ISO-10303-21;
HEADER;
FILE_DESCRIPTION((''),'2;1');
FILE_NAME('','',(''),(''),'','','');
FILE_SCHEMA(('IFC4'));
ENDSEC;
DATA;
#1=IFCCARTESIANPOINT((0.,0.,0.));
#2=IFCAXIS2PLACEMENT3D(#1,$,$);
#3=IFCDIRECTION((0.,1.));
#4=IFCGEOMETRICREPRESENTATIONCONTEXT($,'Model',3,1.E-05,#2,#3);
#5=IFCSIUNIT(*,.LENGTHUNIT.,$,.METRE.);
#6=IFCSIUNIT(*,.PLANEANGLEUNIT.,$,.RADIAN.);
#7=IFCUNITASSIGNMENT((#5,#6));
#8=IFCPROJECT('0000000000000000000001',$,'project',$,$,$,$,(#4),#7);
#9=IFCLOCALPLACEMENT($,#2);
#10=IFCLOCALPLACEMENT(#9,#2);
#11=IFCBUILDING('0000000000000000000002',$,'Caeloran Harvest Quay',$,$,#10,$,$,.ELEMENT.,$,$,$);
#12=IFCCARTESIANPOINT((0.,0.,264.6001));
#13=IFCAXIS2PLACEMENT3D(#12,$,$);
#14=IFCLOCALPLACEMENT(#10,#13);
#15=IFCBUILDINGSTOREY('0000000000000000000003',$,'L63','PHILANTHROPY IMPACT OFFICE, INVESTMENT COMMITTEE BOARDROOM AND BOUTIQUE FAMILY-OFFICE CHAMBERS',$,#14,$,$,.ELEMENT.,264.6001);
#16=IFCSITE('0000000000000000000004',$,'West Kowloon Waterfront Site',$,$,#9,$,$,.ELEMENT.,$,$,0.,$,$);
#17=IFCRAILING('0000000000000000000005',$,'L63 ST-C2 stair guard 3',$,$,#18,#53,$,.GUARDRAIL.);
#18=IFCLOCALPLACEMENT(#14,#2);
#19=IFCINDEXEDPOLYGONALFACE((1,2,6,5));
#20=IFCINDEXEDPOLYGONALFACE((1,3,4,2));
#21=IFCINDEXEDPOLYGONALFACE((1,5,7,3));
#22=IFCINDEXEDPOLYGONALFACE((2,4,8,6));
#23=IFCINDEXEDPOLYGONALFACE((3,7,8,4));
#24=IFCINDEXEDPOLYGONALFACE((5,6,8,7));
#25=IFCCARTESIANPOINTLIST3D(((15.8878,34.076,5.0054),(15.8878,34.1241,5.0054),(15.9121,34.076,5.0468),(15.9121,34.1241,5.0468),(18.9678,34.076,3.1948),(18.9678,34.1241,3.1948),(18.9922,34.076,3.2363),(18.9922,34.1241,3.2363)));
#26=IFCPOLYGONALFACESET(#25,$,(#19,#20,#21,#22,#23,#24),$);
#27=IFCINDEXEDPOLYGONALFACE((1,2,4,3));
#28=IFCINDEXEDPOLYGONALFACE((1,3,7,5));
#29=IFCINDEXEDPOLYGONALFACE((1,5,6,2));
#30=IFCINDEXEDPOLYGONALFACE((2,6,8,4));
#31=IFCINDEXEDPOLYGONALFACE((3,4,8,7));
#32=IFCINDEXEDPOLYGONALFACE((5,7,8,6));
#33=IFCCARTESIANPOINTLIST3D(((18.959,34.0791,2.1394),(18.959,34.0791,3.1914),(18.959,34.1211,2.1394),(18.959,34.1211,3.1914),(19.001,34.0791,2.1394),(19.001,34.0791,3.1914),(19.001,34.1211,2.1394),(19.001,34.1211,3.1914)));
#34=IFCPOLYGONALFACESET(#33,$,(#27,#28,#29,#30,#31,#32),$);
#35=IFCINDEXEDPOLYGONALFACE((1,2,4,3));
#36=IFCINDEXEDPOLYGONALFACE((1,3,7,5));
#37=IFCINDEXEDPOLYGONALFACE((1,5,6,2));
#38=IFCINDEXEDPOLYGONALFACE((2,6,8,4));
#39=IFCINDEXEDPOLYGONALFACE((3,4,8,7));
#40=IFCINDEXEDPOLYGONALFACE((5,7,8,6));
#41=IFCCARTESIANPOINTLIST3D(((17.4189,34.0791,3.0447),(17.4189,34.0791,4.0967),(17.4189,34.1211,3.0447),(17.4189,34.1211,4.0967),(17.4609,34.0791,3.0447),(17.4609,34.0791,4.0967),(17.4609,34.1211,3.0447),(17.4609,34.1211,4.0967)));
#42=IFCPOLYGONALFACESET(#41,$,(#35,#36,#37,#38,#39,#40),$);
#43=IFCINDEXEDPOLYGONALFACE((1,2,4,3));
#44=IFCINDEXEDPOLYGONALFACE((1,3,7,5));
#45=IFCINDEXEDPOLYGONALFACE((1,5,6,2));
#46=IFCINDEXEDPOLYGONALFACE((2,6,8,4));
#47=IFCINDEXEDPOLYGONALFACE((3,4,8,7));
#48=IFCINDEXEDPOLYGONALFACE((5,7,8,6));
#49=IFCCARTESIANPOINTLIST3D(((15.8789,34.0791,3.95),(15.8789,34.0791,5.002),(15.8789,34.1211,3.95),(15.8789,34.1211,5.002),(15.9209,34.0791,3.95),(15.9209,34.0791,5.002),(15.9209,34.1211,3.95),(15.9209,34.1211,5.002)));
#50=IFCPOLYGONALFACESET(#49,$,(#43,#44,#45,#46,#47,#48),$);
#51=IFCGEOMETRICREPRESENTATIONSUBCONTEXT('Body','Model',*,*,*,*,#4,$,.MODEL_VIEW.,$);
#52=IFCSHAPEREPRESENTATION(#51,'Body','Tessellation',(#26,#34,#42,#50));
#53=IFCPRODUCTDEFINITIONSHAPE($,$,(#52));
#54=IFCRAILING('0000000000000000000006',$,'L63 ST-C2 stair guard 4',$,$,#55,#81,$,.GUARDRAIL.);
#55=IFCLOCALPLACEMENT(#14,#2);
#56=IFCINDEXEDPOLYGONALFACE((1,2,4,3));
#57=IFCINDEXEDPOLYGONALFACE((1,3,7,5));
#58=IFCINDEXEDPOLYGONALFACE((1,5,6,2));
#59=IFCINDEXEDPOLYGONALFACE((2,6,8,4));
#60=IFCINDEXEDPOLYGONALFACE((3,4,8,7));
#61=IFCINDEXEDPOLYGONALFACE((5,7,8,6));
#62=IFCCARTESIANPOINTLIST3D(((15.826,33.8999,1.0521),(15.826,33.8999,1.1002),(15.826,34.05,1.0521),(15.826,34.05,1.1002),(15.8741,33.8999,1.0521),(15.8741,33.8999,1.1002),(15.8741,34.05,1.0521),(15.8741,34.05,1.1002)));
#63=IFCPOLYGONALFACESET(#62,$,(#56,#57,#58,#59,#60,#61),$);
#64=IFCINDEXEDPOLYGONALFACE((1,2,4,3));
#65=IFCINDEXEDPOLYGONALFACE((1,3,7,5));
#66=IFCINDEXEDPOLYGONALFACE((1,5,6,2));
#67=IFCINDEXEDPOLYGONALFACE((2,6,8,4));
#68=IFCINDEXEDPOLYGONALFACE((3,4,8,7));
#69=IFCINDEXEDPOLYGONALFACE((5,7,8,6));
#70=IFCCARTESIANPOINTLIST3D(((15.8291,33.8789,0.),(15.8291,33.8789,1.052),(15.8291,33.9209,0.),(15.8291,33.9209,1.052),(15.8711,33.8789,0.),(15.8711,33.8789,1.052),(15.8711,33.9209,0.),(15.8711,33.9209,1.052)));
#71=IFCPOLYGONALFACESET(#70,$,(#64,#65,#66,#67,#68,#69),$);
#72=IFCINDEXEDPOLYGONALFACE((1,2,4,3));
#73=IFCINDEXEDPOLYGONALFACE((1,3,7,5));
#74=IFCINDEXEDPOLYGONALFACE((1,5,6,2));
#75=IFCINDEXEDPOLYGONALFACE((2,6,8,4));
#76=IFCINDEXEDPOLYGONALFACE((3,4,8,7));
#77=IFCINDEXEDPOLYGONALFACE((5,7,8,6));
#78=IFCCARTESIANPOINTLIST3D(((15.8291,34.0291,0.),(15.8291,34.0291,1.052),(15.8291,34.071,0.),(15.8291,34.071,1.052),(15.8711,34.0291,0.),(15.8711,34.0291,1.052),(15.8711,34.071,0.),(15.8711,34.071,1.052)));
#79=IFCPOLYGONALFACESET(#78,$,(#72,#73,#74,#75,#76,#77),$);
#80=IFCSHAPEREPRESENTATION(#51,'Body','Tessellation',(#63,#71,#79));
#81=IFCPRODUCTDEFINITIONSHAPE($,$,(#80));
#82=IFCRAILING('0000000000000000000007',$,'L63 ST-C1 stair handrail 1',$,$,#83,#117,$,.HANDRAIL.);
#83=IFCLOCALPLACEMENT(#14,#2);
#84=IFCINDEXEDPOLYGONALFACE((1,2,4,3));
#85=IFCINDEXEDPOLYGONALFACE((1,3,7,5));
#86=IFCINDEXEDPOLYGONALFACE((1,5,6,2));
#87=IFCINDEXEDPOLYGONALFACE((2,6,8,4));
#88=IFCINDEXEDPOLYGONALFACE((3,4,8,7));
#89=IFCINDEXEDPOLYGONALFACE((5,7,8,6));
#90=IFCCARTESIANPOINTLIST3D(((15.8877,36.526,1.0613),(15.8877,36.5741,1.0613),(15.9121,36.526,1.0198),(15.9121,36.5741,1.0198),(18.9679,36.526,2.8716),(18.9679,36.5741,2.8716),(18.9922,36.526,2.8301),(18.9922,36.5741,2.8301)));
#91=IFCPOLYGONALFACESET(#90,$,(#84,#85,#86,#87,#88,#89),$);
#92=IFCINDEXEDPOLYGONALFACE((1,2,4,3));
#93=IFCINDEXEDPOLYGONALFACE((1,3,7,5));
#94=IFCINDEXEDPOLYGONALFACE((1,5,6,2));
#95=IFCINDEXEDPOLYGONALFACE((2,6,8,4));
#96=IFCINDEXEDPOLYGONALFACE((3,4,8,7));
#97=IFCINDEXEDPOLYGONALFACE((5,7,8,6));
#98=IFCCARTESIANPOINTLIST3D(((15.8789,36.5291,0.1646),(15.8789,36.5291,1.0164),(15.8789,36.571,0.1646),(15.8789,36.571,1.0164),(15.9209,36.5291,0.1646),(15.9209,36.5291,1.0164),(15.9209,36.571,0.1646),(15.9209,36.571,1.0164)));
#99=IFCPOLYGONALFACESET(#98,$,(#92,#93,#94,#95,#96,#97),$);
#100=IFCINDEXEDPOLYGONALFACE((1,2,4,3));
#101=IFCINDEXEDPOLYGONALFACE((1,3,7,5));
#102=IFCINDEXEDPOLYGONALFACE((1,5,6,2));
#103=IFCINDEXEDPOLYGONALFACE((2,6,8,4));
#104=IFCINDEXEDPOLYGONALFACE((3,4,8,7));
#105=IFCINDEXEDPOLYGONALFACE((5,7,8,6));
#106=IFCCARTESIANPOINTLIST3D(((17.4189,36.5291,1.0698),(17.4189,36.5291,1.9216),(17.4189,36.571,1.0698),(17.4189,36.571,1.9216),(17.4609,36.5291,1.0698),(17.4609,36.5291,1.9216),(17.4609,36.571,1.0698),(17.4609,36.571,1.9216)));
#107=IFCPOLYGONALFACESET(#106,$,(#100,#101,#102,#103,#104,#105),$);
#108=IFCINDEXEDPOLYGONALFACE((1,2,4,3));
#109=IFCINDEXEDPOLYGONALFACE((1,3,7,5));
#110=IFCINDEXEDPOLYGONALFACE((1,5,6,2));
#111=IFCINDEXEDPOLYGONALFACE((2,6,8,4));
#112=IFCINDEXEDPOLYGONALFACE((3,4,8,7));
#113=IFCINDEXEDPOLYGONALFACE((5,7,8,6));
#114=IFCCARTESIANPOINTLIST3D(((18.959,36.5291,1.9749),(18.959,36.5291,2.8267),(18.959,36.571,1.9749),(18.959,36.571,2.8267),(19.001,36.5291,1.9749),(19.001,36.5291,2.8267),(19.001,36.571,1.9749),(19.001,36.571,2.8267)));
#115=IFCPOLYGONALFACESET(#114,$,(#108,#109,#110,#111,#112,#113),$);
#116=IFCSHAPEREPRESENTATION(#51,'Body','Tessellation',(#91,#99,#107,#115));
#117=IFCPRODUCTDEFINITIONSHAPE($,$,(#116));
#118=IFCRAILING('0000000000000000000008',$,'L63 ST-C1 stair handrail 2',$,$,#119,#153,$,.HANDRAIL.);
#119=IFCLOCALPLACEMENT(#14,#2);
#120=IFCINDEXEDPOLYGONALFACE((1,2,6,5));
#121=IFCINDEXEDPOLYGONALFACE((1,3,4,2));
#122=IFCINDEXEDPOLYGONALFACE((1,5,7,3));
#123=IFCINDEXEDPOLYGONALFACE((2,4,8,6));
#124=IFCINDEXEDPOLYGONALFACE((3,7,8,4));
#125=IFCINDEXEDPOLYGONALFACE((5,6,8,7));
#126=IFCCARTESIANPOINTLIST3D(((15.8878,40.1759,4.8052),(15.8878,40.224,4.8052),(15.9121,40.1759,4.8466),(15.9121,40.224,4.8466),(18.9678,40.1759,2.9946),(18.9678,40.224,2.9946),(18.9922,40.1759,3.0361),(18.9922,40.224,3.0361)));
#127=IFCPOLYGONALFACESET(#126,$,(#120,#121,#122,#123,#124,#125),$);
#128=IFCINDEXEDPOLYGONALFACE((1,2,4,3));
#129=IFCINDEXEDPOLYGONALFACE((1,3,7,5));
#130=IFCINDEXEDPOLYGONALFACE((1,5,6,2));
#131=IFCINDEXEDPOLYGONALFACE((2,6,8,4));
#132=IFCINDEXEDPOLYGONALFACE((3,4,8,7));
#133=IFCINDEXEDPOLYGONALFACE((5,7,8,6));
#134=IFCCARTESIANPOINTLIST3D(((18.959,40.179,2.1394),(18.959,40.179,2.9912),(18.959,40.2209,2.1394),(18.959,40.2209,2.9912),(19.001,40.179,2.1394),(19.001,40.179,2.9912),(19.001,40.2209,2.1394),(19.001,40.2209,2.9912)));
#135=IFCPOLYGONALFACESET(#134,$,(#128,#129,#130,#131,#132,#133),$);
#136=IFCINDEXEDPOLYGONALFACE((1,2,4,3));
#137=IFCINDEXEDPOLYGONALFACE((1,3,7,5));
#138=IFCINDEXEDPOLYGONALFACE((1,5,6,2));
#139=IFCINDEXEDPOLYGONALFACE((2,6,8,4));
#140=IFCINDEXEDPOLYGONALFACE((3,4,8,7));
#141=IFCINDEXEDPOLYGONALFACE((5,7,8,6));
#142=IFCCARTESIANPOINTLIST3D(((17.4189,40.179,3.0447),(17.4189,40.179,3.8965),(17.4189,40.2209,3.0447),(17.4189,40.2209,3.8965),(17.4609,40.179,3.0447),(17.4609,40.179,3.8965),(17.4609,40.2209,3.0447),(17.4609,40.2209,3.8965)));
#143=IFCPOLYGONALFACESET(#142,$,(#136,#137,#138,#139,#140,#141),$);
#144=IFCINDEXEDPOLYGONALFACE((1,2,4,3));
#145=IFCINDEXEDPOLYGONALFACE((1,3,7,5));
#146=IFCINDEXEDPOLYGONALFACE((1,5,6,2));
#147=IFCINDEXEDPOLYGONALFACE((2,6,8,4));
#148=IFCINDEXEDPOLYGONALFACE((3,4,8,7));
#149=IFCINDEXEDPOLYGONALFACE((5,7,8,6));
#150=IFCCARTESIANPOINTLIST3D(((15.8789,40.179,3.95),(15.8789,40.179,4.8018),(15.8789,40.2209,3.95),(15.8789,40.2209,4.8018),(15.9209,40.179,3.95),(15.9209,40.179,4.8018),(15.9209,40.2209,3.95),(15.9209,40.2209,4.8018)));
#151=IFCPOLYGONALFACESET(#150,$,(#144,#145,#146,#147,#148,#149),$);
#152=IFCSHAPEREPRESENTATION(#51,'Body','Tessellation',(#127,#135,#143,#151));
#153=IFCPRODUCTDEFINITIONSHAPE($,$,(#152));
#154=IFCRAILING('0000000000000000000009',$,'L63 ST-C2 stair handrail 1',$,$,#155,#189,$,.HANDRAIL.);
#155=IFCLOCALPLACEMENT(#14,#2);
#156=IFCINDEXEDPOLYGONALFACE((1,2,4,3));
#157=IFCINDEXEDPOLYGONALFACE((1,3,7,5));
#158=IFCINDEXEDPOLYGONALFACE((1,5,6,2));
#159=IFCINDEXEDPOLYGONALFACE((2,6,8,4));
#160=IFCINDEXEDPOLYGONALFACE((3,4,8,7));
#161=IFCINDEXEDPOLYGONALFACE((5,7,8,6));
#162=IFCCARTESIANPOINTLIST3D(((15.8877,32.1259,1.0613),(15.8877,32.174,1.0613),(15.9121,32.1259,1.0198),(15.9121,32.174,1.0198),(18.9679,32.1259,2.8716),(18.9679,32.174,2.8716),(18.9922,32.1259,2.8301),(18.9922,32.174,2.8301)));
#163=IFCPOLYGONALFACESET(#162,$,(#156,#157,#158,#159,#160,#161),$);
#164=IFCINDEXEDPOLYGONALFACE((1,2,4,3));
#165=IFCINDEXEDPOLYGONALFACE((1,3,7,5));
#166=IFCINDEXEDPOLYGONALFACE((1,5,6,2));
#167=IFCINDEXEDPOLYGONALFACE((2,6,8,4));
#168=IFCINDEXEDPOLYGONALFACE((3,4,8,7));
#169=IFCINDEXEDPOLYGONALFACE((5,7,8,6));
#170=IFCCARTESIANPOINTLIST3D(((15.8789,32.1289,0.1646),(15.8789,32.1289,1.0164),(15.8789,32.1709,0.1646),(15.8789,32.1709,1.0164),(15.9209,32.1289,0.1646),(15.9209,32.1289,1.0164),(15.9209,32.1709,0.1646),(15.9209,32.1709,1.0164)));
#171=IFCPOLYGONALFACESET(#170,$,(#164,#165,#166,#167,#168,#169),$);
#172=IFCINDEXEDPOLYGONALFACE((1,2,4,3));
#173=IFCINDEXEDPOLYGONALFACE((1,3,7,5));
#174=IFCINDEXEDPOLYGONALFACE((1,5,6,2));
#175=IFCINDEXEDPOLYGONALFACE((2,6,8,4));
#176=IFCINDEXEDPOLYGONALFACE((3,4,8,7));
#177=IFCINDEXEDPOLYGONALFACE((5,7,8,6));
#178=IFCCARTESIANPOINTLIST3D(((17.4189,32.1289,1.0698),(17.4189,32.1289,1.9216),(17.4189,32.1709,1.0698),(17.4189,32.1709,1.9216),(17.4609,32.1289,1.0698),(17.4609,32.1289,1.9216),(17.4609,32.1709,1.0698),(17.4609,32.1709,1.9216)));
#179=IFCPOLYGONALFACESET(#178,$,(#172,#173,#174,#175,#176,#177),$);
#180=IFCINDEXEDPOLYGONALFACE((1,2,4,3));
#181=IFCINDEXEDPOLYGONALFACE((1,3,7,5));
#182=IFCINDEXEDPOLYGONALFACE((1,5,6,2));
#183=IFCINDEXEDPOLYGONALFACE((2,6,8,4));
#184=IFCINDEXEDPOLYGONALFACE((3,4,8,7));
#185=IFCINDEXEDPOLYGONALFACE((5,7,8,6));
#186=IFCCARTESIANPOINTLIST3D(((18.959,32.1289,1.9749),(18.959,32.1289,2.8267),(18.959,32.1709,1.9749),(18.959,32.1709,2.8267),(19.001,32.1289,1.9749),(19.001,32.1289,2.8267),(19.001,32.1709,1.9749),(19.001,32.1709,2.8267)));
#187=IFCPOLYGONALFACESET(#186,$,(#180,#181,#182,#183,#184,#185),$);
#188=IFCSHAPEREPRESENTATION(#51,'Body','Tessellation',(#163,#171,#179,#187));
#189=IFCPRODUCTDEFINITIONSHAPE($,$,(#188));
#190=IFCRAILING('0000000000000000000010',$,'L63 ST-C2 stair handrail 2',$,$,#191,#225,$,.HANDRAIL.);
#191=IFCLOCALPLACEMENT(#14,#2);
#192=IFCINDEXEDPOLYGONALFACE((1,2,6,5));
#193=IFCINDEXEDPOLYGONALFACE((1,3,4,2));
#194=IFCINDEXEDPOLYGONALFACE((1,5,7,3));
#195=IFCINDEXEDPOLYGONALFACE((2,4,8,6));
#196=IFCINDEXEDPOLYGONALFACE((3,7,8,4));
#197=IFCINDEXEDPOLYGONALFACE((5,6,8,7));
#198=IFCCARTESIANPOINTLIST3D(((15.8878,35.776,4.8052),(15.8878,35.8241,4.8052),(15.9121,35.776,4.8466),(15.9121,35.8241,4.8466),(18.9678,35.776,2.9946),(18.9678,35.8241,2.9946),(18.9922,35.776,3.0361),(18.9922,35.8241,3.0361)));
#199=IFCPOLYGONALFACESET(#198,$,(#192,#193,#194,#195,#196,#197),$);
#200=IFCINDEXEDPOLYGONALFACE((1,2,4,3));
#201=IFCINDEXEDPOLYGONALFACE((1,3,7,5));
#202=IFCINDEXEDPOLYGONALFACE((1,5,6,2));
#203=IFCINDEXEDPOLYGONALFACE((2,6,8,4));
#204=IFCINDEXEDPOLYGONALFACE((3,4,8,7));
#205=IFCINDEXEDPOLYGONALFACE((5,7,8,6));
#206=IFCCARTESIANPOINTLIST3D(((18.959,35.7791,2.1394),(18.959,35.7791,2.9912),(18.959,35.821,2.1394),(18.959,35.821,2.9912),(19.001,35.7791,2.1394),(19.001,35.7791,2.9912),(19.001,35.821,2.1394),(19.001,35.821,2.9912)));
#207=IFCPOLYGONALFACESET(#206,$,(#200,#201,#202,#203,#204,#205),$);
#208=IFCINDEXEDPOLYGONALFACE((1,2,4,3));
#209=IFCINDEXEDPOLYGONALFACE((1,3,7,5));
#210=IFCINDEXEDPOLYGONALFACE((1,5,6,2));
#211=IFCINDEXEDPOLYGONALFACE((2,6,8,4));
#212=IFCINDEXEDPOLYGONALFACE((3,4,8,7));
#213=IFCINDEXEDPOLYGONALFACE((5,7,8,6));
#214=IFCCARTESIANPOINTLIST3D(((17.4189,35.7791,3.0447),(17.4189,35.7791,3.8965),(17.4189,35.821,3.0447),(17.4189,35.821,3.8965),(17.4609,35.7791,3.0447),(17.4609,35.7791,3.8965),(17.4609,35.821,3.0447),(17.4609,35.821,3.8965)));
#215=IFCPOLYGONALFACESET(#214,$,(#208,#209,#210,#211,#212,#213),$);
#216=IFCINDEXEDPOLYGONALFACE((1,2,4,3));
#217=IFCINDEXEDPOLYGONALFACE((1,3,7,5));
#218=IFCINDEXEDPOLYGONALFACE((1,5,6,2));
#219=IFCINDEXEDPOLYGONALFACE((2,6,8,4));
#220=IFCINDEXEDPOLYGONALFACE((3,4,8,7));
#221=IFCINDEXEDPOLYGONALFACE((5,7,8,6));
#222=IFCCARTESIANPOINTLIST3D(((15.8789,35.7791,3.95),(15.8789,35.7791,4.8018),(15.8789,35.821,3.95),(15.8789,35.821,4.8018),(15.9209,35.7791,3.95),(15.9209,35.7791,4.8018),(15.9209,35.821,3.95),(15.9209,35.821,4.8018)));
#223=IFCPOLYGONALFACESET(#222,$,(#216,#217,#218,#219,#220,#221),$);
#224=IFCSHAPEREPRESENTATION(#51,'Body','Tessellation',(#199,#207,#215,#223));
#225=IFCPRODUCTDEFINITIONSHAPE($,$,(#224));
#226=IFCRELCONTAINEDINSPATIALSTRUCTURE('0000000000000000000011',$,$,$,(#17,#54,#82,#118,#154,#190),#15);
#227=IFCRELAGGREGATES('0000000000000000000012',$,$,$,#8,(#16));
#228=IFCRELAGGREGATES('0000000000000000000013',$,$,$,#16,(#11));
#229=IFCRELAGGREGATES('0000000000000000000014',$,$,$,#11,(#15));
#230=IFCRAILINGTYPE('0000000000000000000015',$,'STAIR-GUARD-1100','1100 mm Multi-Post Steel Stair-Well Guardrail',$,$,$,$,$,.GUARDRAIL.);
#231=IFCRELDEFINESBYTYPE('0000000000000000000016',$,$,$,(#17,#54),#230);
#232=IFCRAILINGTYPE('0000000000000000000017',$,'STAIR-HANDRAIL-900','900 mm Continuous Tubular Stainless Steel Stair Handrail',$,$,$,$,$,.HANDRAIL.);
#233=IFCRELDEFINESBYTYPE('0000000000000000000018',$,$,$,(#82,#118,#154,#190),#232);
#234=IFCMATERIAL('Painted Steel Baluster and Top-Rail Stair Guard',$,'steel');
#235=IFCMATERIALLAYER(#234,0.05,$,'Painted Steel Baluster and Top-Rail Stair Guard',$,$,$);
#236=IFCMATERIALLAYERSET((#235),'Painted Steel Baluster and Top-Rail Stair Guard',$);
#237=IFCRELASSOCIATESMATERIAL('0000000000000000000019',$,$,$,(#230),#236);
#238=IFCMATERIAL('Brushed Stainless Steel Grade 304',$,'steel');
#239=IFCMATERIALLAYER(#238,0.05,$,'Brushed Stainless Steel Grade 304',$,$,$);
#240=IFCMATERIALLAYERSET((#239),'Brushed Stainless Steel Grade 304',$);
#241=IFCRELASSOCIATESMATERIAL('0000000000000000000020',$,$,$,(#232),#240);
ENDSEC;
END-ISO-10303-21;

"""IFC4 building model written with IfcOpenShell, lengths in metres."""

from ifc_helpers import new_model, si_unit, direction, frame, origin, origin_2d, place, context, subcontext, project, spatial, rectangle, extrude, material, layer, layer_set, type_object, element, save


model = new_model("IFC4")

# Units and contexts
model_context = context("Model", 3, precision=1e-05, world=origin(), true_north=direction((0.0, 1.0)))
body_context = subcontext(model_context, "Body", "Model", "MODEL_VIEW")
ifc_project = project(units=[si_unit("LENGTHUNIT", "METRE"), si_unit("PLANEANGLEUNIT", "RADIAN")], contexts=[model_context])

# Site, building, storey
site_placement = place(None, origin())
site = spatial("IfcSite", under=ifc_project, at=site_placement, Name="West Kowloon Waterfront Site", CompositionType="ELEMENT", RefElevation=0.0)
building_placement = place(site_placement, origin())
building = spatial("IfcBuilding", under=site, at=building_placement, Name="Caeloran Harvest Quay", CompositionType="ELEMENT")
storey_placement = place(building_placement, frame((0.0, 0.0, 264.6001)))
storey = spatial("IfcBuildingStorey", under=building, at=storey_placement, Name="L63", Description="PHILANTHROPY IMPACT OFFICE, INVESTMENT COMMITTEE BOARDROOM AND BOUTIQUE FAMILY-OFFICE CHAMBERS", CompositionType="ELEMENT", Elevation=264.6001)

# Railings
ifc_material_1 = material(Name="Painted Steel Baluster and Top-Rail Stair Guard", Category="steel")
ifc_layer_1 = layer(ifc_material_1, 0.05, Name="Painted Steel Baluster and Top-Rail Stair Guard")
ifc_layer_set_1 = layer_set([ifc_layer_1], Name="Painted Steel Baluster and Top-Rail Stair Guard")
railing_type_1 = type_object("IfcRailingType", Name="STAIR-GUARD-1100", Description="1100 mm Multi-Post Steel Stair-Well Guardrail", PredefinedType="GUARDRAIL", material=ifc_layer_set_1)
railing_1_placement = place(storey_placement, frame((18.98, 34.1001, 2.1394)))
element("IfcRailing", 1, at=railing_1_placement, inside=storey, type_object=railing_type_1, Name="L63 ST-C2 stair guard 3", PredefinedType="GUARDRAIL", context=body_context, shape_type="SweptSolid", body=[
    extrude(rectangle(XDim=0.0481, YDim=0.0481, at=origin_2d()), frame((0.0, 0.0, 1.0762), z_axis=(-0.862089, 0.0, 0.506757), x_axis=(0.0, -1.0, 0.0)), (0.0, 0.0, 1.0), 3.5728),
    extrude(rectangle(XDim=0.042, YDim=0.042, at=origin_2d()), origin(), (0.0, 0.0, 1.0), 1.052),
    extrude(rectangle(XDim=0.042, YDim=0.042, at=origin_2d()), frame((-1.54, 0.0, 0.9053)), (0.0, 0.0, 1.0), 1.052),
    extrude(rectangle(XDim=0.042, YDim=0.042, at=origin_2d()), frame((-3.0801, 0.0, 1.8105)), (0.0, 0.0, 1.0), 1.052),
])
railing_2_placement = place(storey_placement, frame((15.8501, 33.8999, 0.0)))
element("IfcRailing", 2, at=railing_2_placement, inside=storey, type_object=railing_type_1, Name="L63 ST-C2 stair guard 4", PredefinedType="GUARDRAIL", context=body_context, shape_type="SweptSolid", body=[
    extrude(rectangle(XDim=0.0481, YDim=0.0481, at=origin_2d()), frame((0.0, 0.0, 1.0762), z_axis=(0.0, 1.0, 0.0), x_axis=(-1.0, 0.0, 0.0)), (0.0, 0.0, 1.0), 0.1501),
    extrude(rectangle(XDim=0.042, YDim=0.042, at=origin_2d()), origin(), (0.0, 0.0, 1.0), 1.052),
    extrude(rectangle(XDim=0.042, YDim=0.042, at=origin_2d()), frame((0.0, 0.1501, 0.0)), (0.0, 0.0, 1.0), 1.052),
])
ifc_material_2 = material(Name="Brushed Stainless Steel Grade 304", Category="steel")
ifc_layer_2 = layer(ifc_material_2, 0.05, Name="Brushed Stainless Steel Grade 304")
ifc_layer_set_2 = layer_set([ifc_layer_2], Name="Brushed Stainless Steel Grade 304")
railing_type_2 = type_object("IfcRailingType", Name="STAIR-HANDRAIL-900", Description="900 mm Continuous Tubular Stainless Steel Stair Handrail", PredefinedType="HANDRAIL", material=ifc_layer_set_2)
railing_3_placement = place(storey_placement, frame((15.8999, 36.55, 0.1646)))
element("IfcRailing", 3, at=railing_3_placement, inside=storey, type_object=railing_type_2, Name="L63 ST-C1 stair handrail 1", PredefinedType="HANDRAIL", context=body_context, shape_type="SweptSolid", body=[
    extrude(rectangle(XDim=0.0481, YDim=0.0481, at=origin_2d()), frame((0.0, 0.0, 0.876), z_axis=(0.862119, 0.0, 0.506707), x_axis=(0.0, 1.0, 0.0)), (0.0, 0.0, 1.0), 3.5728),
    extrude(rectangle(XDim=0.042, YDim=0.042, at=origin_2d()), origin(), (0.0, 0.0, 1.0), 0.8518),
    extrude(rectangle(XDim=0.042, YDim=0.042, at=origin_2d()), frame((1.54, 0.0, 0.9053)), (0.0, 0.0, 1.0), 0.8518),
    extrude(rectangle(XDim=0.042, YDim=0.042, at=origin_2d()), frame((3.0801, 0.0, 1.8103)), (0.0, 0.0, 1.0), 0.8518),
])
railing_4_placement = place(storey_placement, frame((18.98, 40.2, 2.1394)))
element("IfcRailing", 4, at=railing_4_placement, inside=storey, type_object=railing_type_2, Name="L63 ST-C1 stair handrail 2", PredefinedType="HANDRAIL", context=body_context, shape_type="SweptSolid", body=[
    extrude(rectangle(XDim=0.0481, YDim=0.0481, at=origin_2d()), frame((0.0, 0.0, 0.876), z_axis=(-0.862089, 0.0, 0.506757), x_axis=(0.0, -1.0, 0.0)), (0.0, 0.0, 1.0), 3.5728),
    extrude(rectangle(XDim=0.042, YDim=0.042, at=origin_2d()), origin(), (0.0, 0.0, 1.0), 0.8518),
    extrude(rectangle(XDim=0.042, YDim=0.042, at=origin_2d()), frame((-1.54, 0.0, 0.9053)), (0.0, 0.0, 1.0), 0.8518),
    extrude(rectangle(XDim=0.042, YDim=0.042, at=origin_2d()), frame((-3.0801, 0.0, 1.8105)), (0.0, 0.0, 1.0), 0.8518),
])
railing_5_placement = place(storey_placement, frame((15.8999, 32.1499, 0.1646)))
element("IfcRailing", 5, at=railing_5_placement, inside=storey, type_object=railing_type_2, Name="L63 ST-C2 stair handrail 1", PredefinedType="HANDRAIL", context=body_context, shape_type="SweptSolid", body=[
    extrude(rectangle(XDim=0.0481, YDim=0.0481, at=origin_2d()), frame((0.0, 0.0, 0.876), z_axis=(0.862119, 0.0, 0.506707), x_axis=(0.0, 1.0, 0.0)), (0.0, 0.0, 1.0), 3.5728),
    extrude(rectangle(XDim=0.042, YDim=0.042, at=origin_2d()), origin(), (0.0, 0.0, 1.0), 0.8518),
    extrude(rectangle(XDim=0.042, YDim=0.042, at=origin_2d()), frame((1.54, 0.0, 0.9053)), (0.0, 0.0, 1.0), 0.8518),
    extrude(rectangle(XDim=0.042, YDim=0.042, at=origin_2d()), frame((3.0801, 0.0, 1.8103)), (0.0, 0.0, 1.0), 0.8518),
])
railing_6_placement = place(storey_placement, frame((18.98, 35.8, 2.1394)))
element("IfcRailing", 6, at=railing_6_placement, inside=storey, type_object=railing_type_2, Name="L63 ST-C2 stair handrail 2", PredefinedType="HANDRAIL", context=body_context, shape_type="SweptSolid", body=[
    extrude(rectangle(XDim=0.0481, YDim=0.0481, at=origin_2d()), frame((0.0, 0.0, 0.876), z_axis=(-0.862089, 0.0, 0.506757), x_axis=(0.0, -1.0, 0.0)), (0.0, 0.0, 1.0), 3.5728),
    extrude(rectangle(XDim=0.042, YDim=0.042, at=origin_2d()), origin(), (0.0, 0.0, 1.0), 0.8518),
    extrude(rectangle(XDim=0.042, YDim=0.042, at=origin_2d()), frame((-1.54, 0.0, 0.9053)), (0.0, 0.0, 1.0), 0.8518),
    extrude(rectangle(XDim=0.042, YDim=0.042, at=origin_2d()), frame((-3.0801, 0.0, 1.8105)), (0.0, 0.0, 1.0), 0.8518),
])

save(model, "model.ifc")
